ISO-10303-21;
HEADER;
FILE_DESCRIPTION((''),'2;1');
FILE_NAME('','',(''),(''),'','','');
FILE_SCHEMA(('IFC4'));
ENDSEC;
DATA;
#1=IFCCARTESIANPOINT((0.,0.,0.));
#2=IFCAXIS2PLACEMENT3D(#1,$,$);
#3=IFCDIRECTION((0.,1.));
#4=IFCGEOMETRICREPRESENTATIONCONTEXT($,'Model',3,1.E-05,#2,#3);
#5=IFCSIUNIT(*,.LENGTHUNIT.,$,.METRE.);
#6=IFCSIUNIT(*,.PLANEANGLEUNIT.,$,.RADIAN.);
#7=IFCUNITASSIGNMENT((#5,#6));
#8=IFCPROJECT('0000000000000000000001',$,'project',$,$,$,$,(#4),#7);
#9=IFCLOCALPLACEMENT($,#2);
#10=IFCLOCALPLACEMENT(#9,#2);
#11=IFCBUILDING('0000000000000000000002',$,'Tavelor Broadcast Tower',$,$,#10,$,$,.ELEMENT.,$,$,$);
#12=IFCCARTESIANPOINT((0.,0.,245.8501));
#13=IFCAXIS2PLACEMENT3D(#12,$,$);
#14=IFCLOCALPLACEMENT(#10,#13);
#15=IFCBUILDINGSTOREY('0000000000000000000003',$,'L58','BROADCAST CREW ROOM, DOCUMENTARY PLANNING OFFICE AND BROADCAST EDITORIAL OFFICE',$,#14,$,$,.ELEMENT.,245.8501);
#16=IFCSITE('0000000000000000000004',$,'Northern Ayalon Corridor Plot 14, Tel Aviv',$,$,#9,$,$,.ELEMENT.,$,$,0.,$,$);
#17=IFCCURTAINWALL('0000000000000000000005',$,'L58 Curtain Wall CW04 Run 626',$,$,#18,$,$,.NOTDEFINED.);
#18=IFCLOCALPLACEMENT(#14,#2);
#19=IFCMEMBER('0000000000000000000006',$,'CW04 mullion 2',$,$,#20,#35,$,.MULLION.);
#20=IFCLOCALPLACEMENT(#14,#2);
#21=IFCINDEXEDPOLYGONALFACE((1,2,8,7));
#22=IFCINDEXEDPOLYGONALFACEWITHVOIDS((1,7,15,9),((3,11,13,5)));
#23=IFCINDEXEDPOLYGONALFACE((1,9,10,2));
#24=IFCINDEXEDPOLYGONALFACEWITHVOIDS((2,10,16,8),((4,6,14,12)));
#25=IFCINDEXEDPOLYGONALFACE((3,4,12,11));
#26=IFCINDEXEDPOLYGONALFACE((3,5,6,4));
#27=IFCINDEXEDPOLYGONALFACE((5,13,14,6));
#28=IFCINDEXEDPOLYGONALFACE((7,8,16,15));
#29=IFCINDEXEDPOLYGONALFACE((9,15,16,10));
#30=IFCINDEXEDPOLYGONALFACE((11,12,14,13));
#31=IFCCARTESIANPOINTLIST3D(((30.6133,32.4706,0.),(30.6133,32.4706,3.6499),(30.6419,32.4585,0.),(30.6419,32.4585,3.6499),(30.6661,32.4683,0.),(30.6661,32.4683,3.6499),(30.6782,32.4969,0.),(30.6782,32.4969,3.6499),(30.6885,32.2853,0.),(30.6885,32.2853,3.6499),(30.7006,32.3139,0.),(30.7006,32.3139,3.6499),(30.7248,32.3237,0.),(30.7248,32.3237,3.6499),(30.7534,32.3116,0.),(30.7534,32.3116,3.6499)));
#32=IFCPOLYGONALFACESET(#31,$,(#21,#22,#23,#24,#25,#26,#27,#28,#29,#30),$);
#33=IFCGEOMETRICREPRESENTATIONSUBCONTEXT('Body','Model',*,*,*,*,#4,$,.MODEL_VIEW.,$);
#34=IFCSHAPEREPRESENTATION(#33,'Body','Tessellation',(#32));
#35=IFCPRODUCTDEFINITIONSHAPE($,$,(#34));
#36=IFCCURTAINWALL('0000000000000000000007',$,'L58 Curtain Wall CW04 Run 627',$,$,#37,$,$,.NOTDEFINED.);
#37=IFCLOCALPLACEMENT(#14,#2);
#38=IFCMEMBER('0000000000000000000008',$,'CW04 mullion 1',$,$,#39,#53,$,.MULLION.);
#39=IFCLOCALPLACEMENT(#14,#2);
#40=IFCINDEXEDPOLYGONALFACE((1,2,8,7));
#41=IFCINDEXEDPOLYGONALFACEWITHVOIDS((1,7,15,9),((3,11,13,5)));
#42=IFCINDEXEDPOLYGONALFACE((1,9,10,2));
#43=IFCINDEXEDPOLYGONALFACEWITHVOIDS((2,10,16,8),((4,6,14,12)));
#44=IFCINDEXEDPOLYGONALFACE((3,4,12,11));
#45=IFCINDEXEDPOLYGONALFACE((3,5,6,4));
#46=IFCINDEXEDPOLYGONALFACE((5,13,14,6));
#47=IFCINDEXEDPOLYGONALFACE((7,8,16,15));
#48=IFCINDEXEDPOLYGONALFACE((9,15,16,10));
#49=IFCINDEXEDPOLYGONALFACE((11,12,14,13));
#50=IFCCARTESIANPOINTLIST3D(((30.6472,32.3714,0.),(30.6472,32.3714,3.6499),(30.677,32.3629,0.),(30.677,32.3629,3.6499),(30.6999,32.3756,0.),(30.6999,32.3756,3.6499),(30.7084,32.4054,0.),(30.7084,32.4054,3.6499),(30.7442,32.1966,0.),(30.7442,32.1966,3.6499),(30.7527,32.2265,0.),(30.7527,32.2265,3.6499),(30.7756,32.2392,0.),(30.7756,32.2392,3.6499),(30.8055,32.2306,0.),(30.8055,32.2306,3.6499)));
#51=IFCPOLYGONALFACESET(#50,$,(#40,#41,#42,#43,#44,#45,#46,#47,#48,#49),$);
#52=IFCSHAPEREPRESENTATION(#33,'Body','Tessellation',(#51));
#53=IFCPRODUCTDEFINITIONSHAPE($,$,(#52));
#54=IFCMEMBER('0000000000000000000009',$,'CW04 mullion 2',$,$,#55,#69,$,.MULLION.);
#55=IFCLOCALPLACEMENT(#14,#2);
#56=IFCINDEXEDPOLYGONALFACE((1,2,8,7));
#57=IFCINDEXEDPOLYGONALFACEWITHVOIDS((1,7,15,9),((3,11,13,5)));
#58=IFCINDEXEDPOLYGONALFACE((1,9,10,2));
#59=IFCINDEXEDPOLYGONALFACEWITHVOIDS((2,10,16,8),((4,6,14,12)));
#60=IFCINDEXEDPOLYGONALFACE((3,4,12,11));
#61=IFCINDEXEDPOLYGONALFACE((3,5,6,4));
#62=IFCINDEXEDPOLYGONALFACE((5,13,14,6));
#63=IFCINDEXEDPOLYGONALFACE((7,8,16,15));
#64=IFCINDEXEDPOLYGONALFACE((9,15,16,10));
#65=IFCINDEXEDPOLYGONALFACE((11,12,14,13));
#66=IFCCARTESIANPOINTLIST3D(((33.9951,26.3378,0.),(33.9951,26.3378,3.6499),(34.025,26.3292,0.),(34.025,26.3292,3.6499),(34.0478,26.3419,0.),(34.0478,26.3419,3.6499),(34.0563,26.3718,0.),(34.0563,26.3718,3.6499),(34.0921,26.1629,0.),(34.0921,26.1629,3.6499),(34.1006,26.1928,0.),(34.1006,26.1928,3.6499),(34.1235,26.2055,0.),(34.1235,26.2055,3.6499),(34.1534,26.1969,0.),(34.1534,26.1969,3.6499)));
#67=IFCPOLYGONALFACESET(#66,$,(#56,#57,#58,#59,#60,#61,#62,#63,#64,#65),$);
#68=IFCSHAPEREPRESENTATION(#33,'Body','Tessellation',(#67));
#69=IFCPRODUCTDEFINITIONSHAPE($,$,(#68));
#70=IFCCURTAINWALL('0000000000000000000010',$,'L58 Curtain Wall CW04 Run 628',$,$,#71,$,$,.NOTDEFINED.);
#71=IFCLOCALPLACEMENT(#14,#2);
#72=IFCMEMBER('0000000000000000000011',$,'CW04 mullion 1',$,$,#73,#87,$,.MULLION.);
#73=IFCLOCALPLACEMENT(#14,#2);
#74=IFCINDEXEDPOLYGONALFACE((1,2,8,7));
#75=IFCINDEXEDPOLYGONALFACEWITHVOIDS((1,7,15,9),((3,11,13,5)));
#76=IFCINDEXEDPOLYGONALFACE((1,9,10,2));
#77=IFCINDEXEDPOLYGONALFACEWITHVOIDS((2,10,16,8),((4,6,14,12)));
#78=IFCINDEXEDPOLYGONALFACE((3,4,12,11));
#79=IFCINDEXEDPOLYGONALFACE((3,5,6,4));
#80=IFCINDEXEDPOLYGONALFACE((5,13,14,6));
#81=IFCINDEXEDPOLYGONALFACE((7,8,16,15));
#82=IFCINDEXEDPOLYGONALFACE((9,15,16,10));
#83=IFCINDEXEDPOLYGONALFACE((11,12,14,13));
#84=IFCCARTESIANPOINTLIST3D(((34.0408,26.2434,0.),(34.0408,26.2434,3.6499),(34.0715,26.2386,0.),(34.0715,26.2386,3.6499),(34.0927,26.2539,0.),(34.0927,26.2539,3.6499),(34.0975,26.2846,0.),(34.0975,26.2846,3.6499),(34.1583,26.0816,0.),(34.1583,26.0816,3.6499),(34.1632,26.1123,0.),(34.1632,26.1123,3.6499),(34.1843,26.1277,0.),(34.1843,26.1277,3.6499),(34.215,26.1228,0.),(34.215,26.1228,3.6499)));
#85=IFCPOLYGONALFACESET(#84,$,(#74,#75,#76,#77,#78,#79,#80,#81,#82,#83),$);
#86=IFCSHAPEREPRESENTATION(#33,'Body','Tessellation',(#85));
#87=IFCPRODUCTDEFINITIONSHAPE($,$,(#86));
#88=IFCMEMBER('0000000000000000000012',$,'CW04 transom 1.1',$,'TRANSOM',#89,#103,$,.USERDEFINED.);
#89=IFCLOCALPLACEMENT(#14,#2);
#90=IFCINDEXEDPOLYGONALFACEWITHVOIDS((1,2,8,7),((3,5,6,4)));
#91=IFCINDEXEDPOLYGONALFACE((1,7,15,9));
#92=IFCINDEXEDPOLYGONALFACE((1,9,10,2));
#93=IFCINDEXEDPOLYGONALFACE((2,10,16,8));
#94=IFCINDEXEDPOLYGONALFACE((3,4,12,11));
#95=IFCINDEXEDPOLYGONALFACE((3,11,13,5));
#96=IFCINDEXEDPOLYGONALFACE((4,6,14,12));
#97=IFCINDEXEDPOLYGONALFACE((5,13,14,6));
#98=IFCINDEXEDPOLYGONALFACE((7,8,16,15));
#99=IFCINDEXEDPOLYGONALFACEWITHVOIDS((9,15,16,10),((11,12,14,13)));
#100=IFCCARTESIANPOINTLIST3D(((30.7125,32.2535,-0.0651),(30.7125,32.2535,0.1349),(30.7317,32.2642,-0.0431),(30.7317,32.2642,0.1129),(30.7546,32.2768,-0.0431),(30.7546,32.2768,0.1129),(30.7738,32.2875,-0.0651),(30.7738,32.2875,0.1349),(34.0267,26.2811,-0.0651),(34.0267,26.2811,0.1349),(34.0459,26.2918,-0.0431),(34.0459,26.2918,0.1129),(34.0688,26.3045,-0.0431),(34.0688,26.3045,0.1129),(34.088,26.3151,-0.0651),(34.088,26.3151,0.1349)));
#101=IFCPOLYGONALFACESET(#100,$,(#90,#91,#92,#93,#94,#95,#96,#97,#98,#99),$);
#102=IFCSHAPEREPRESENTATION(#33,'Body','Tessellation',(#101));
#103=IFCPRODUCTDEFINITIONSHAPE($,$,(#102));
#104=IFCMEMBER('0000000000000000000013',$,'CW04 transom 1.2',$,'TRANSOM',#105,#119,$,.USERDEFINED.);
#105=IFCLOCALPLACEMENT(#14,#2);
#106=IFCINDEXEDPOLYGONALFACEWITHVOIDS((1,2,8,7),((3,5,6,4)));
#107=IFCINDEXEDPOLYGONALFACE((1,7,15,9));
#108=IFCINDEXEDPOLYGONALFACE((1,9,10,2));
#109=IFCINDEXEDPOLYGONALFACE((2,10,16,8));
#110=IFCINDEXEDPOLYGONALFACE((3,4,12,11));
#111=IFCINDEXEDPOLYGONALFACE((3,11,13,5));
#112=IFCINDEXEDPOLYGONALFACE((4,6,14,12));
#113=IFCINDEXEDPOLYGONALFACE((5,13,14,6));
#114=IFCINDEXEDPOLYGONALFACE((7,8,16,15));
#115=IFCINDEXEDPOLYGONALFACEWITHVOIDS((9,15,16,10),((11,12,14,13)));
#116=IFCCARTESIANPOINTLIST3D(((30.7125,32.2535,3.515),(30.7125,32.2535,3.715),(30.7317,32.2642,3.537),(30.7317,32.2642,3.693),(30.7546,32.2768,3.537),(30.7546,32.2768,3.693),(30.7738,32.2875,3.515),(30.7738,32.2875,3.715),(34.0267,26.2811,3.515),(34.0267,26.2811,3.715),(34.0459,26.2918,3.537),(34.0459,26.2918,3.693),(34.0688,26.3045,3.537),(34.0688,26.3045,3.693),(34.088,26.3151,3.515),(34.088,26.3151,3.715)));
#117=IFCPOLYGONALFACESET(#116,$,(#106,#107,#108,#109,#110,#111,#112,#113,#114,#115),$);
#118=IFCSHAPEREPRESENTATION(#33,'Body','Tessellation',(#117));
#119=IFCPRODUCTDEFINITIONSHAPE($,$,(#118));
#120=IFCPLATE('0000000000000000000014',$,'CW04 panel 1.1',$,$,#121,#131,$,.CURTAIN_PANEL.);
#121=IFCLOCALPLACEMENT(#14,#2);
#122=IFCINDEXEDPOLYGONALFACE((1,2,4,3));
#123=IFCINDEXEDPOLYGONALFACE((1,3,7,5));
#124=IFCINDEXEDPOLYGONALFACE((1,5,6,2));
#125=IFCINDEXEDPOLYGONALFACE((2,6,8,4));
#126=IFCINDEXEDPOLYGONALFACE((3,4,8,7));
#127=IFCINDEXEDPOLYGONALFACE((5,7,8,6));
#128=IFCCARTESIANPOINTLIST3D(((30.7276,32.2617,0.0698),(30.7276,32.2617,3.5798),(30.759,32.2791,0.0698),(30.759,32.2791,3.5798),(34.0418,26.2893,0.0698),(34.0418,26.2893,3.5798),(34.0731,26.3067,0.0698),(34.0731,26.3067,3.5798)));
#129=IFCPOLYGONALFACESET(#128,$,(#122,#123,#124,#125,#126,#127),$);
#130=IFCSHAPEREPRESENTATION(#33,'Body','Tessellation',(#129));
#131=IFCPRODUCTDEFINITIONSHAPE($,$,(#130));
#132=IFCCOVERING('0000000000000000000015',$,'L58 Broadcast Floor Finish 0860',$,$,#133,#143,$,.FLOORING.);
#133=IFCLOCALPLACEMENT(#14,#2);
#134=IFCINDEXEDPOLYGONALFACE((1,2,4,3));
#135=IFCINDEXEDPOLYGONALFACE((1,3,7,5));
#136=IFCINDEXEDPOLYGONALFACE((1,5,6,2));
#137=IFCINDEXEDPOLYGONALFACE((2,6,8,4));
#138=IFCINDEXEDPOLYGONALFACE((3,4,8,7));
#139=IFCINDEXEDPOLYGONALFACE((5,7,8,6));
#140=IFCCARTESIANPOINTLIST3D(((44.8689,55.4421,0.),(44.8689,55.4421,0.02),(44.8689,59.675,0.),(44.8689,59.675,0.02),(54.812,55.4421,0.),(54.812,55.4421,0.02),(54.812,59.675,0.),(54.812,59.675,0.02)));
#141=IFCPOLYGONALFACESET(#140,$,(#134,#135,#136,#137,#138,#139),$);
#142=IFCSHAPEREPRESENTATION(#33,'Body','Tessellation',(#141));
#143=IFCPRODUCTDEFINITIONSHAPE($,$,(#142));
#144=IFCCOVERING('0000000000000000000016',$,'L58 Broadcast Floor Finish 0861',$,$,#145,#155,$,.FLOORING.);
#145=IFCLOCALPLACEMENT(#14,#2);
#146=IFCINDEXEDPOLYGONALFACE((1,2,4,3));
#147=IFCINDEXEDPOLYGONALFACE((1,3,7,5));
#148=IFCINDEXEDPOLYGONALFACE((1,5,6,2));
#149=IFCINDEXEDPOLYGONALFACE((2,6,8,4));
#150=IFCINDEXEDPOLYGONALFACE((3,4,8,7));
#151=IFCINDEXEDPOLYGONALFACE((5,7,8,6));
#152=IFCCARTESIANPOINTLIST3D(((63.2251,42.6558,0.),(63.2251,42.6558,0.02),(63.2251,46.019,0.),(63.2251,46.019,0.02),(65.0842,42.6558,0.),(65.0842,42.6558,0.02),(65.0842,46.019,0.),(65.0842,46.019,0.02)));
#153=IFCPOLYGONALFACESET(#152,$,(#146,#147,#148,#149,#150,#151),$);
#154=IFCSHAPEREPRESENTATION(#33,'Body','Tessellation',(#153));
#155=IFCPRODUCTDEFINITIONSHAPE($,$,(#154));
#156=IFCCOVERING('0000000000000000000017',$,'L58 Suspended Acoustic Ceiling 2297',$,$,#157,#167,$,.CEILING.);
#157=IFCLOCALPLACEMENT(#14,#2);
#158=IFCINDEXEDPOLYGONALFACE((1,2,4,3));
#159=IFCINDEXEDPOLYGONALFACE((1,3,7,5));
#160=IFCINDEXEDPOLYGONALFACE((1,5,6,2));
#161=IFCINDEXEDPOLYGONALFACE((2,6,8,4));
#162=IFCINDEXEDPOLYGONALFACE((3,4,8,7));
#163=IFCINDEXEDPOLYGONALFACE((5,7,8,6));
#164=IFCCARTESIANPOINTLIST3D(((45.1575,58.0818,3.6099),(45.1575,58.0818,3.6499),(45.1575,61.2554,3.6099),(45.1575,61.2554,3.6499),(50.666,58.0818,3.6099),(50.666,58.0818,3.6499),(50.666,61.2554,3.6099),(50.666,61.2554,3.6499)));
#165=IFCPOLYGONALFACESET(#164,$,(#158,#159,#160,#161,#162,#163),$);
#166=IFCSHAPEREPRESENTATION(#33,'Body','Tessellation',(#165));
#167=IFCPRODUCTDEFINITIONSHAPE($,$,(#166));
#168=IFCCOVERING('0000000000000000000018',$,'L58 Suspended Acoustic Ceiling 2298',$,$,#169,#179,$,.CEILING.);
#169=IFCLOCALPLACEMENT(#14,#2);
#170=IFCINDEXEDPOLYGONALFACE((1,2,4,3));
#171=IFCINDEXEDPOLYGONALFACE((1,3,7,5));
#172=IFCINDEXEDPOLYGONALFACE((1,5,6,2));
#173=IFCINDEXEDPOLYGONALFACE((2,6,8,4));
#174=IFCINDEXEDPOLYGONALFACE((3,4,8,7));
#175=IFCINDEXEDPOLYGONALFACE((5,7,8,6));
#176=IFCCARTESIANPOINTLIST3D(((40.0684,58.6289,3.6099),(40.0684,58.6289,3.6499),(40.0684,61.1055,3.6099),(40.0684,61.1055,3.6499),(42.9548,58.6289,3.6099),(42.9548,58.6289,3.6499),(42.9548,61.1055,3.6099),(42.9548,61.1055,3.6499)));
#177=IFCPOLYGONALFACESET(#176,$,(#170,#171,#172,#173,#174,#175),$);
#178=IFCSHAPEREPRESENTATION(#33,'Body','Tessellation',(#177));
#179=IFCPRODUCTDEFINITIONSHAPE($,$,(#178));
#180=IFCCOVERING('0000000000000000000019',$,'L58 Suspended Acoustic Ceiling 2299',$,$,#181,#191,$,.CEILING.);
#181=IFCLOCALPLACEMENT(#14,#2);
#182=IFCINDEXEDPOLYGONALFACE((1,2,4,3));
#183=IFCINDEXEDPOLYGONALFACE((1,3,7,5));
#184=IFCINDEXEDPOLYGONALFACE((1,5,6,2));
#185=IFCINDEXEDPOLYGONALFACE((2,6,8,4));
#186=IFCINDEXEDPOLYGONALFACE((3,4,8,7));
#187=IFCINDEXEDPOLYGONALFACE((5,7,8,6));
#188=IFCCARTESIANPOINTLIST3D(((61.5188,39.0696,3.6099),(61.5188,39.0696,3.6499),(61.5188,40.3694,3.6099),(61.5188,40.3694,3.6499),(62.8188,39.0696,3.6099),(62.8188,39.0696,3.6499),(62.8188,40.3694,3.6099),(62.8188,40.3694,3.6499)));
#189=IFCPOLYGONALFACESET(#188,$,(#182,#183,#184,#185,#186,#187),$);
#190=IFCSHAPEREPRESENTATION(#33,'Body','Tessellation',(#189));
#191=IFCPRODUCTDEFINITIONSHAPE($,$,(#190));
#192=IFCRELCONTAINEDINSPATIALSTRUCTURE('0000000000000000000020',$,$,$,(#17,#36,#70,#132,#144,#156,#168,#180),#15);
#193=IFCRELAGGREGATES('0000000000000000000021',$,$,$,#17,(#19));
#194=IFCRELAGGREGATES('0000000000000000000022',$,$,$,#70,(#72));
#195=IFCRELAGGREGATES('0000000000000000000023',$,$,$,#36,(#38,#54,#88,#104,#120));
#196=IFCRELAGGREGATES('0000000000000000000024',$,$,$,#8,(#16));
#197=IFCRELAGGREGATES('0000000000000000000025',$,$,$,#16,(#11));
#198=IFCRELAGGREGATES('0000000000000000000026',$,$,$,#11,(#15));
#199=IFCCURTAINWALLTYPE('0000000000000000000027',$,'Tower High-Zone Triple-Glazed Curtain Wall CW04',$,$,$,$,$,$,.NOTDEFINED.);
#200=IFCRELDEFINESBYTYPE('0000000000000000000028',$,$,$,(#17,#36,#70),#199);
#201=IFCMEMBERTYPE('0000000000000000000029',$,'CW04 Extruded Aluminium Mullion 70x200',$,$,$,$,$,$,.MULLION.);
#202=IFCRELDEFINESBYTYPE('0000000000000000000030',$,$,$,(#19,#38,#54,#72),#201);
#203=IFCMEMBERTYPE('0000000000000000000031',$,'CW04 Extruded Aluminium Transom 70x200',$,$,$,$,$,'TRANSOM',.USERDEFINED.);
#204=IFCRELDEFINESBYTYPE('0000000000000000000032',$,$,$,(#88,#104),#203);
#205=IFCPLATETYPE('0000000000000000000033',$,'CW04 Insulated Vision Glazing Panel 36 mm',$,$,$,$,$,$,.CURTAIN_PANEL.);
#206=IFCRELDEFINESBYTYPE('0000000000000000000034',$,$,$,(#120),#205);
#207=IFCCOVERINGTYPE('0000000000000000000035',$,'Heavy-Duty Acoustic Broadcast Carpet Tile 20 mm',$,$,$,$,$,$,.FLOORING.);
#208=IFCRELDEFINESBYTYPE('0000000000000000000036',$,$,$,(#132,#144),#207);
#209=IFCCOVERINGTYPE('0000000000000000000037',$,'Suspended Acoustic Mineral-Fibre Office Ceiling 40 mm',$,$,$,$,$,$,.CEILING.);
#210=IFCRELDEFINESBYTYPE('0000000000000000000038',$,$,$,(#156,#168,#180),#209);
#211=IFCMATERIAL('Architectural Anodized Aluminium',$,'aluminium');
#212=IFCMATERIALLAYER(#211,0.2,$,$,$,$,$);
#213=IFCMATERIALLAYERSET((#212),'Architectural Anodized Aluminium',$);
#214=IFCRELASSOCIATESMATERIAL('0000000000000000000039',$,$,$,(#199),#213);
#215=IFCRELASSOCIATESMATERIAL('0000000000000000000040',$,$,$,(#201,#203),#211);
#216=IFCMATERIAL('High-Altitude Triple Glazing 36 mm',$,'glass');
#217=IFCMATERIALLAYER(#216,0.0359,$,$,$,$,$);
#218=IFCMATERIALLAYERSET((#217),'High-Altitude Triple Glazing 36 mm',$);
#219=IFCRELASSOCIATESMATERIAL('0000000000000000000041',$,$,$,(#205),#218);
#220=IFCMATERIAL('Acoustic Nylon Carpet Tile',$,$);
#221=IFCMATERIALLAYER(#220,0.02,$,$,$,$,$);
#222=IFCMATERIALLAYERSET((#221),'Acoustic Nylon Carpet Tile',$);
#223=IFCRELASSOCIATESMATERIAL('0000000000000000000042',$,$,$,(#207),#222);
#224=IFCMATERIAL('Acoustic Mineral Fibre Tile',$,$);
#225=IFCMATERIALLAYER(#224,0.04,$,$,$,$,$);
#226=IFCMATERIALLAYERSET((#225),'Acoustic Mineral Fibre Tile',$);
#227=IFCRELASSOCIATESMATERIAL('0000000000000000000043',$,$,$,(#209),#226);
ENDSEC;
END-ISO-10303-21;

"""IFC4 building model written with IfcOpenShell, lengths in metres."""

from ifc_helpers import new_model, si_unit, direction, frame, origin, origin_2d, place, context, subcontext, project, spatial, polyline, rectangle, hollow_rectangle, outline, extrude, source, transform, mapped, material, layer, layer_set, material_profile, profile_set, type_object, type_shapes, element, aggregate, save


model = new_model("IFC4")

# Units and contexts
model_context = context("Model", 3, precision=1e-05, world=origin(), true_north=direction((0.0, 1.0)))
body_context = subcontext(model_context, "Body", "Model", "MODEL_VIEW")
ifc_project = project(units=[si_unit("LENGTHUNIT", "METRE"), si_unit("PLANEANGLEUNIT", "RADIAN")], contexts=[model_context])

# Site, building, storey
site_placement = place(None, origin())
site = spatial("IfcSite", under=ifc_project, at=site_placement, Name="Northern Ayalon Corridor Plot 14, Tel Aviv", CompositionType="ELEMENT", RefElevation=0.0)
building_placement = place(site_placement, origin())
building = spatial("IfcBuilding", under=site, at=building_placement, Name="Tavelor Broadcast Tower", CompositionType="ELEMENT")
storey_placement = place(building_placement, frame((0.0, 0.0, 245.8501)))
storey = spatial("IfcBuildingStorey", under=building, at=storey_placement, Name="L58", Description="BROADCAST CREW ROOM, DOCUMENTARY PLANNING OFFICE AND BROADCAST EDITORIAL OFFICE", CompositionType="ELEMENT", Elevation=245.8501)

# Curtain wall, member
ifc_material_1 = material(Name="Architectural Anodized Aluminium", Category="aluminium")
ifc_layer_1 = layer(ifc_material_1, 0.2)
ifc_layer_set_1 = layer_set([ifc_layer_1], Name="Architectural Anodized Aluminium")
curtain_wall_type = type_object("IfcCurtainWallType", Name="Tower High-Zone Triple-Glazed Curtain Wall CW04", PredefinedType="NOTDEFINED", material=ifc_layer_set_1)
curtain_wall_1_placement = place(storey_placement, origin())
curtain_wall_1 = element("IfcCurtainWall", 1, at=curtain_wall_1_placement, inside=storey, type_object=curtain_wall_type, Name="L58 Curtain Wall CW04 Run 626", PredefinedType="NOTDEFINED")
ifc_material_profile_1 = material_profile(ifc_material_1, hollow_rectangle(XDim=0.0701, YDim=0.2, WallThickness=0.022, at=origin_2d()), Name="RHS 70x200x22")
ifc_profile_set_1 = profile_set([ifc_material_profile_1], Name="Architectural Anodized Aluminium")
member_type_1 = type_object("IfcMemberType", Name="CW04 Extruded Aluminium Mullion 70x200", PredefinedType="MULLION", material=ifc_profile_set_1)
shared_shape_1 = source(origin(), body_context, "Body", "SweptSolid", [
    extrude(hollow_rectangle(XDim=0.0701, YDim=0.2, WallThickness=0.022, at=origin_2d()), origin(), (0.0, 0.0, 1.0), 3.6499),
])
type_shapes(member_type_1, [shared_shape_1])
member_1_placement = place(storey_placement, frame((30.6833, 32.3911, 0.0), z_axis=(0.0, 0.0, 1.0), x_axis=(0.926692, 0.375822, 0.0)))
member_1 = element("IfcMember", 2, at=member_1_placement, type_object=member_type_1, Name="CW04 mullion 2", PredefinedType="MULLION", context=body_context, shape_type="MappedRepresentation", body=[
    mapped(shared_shape_1, transform((0.0, 0.0, 0.0), scale=1.0)),
])
aggregate(curtain_wall_1, [member_1])

# Curtain wall, members
curtain_wall_2_placement = place(storey_placement, origin())
curtain_wall_2 = element("IfcCurtainWall", 3, at=curtain_wall_2_placement, inside=storey, type_object=curtain_wall_type, Name="L58 Curtain Wall CW04 Run 627", PredefinedType="NOTDEFINED")
member_2_placement = place(storey_placement, frame((30.7263, 32.301, 0.0), z_axis=(0.0, 0.0, 1.0), x_axis=(0.874401, 0.485204, 0.0)))
member_2 = element("IfcMember", 4, at=member_2_placement, type_object=member_type_1, Name="CW04 mullion 1", PredefinedType="MULLION", context=body_context, shape_type="MappedRepresentation", body=[
    mapped(shared_shape_1, transform((0.0, 0.0, 0.0), scale=1.0)),
])
member_3_placement = place(storey_placement, frame((34.0742, 26.2673, 0.0), z_axis=(0.0, 0.0, 1.0), x_axis=(0.874401, 0.485204, 0.0)))
member_3 = element("IfcMember", 5, at=member_3_placement, type_object=member_type_1, Name="CW04 mullion 2", PredefinedType="MULLION", context=body_context, shape_type="MappedRepresentation", body=[
    mapped(shared_shape_1, transform((0.0, 0.0, 0.0), scale=1.0)),
])

# Curtain wall, member
curtain_wall_3_placement = place(storey_placement, origin())
curtain_wall_3 = element("IfcCurtainWall", 6, at=curtain_wall_3_placement, inside=storey, type_object=curtain_wall_type, Name="L58 Curtain Wall CW04 Run 628", PredefinedType="NOTDEFINED")
member_4_placement = place(storey_placement, frame((34.1279, 26.1831, 0.0), z_axis=(0.0, 0.0, 1.0), x_axis=(0.809256, 0.587457, 0.0)))
member_4 = element("IfcMember", 7, at=member_4_placement, type_object=member_type_1, Name="CW04 mullion 1", PredefinedType="MULLION", context=body_context, shape_type="MappedRepresentation", body=[
    mapped(shared_shape_1, transform((0.0, 0.0, 0.0), scale=1.0)),
])
aggregate(curtain_wall_3, [member_4])

# Members
ifc_material_profile_2 = material_profile(ifc_material_1, hollow_rectangle(XDim=0.0701, YDim=0.2, WallThickness=0.022, at=origin_2d()), Name="RHS 70x200x22")
ifc_profile_set_2 = profile_set([ifc_material_profile_2], Name="Architectural Anodized Aluminium")
member_type_2 = type_object("IfcMemberType", Name="CW04 Extruded Aluminium Transom 70x200", ElementType="TRANSOM", PredefinedType="USERDEFINED", material=ifc_profile_set_2)
shared_shape_2 = source(origin(), body_context, "Body", "SweptSolid", [
    extrude(hollow_rectangle(XDim=0.0701, YDim=0.2, WallThickness=0.022, at=origin_2d()), origin(), (0.0, 0.0, 1.0), 6.8303),
])
type_shapes(member_type_2, [shared_shape_2])
member_5_placement = place(storey_placement, frame((30.7432, 32.2705, 0.0349), z_axis=(0.485218, -0.874393, 0.0), x_axis=(0.874393, 0.485218, 0.0)))
member_5 = element("IfcMember", 8, at=member_5_placement, type_object=member_type_2, Name="CW04 transom 1.1", ObjectType="TRANSOM", PredefinedType="USERDEFINED", context=body_context, shape_type="MappedRepresentation", body=[
    mapped(shared_shape_2, transform((0.0, 0.0, 0.0), scale=1.0)),
])
member_6_placement = place(storey_placement, frame((30.7432, 32.2705, 3.615), z_axis=(0.485218, -0.874393, 0.0), x_axis=(0.874393, 0.485218, 0.0)))
member_6 = element("IfcMember", 9, at=member_6_placement, type_object=member_type_2, Name="CW04 transom 1.2", ObjectType="TRANSOM", PredefinedType="USERDEFINED", context=body_context, shape_type="MappedRepresentation", body=[
    mapped(shared_shape_2, transform((0.0, 0.0, 0.0), scale=1.0)),
])

# Plate
ifc_material_2 = material(Name="High-Altitude Triple Glazing 36 mm", Category="glass")
ifc_layer_2 = layer(ifc_material_2, 0.0359)
ifc_layer_set_2 = layer_set([ifc_layer_2], Name="High-Altitude Triple Glazing 36 mm")
plate_type = type_object("IfcPlateType", Name="CW04 Insulated Vision Glazing Panel 36 mm", PredefinedType="CURTAIN_PANEL", material=ifc_layer_set_2)
shared_shape_3 = source(origin(), body_context, "Body", "SweptSolid", [
    extrude(rectangle(XDim=6.8303, YDim=0.0359, at=origin_2d()), origin(), (0.0, 0.0, 1.0), 3.51),
])
type_shapes(plate_type, [shared_shape_3])
plate_placement = place(storey_placement, frame((32.4004, 29.2842, 0.0698), z_axis=(0.0, 0.0, 1.0), x_axis=(0.485204, -0.874401, 0.0)))
plate = element("IfcPlate", 10, at=plate_placement, type_object=plate_type, Name="CW04 panel 1.1", PredefinedType="CURTAIN_PANEL", context=body_context, shape_type="MappedRepresentation", body=[
    mapped(shared_shape_3, transform((0.0, 0.0, 0.0), scale=1.0)),
])
aggregate(curtain_wall_2, [member_2, member_3, member_5, member_6, plate])

# Coverings
ifc_material_3 = material(Name="Acoustic Nylon Carpet Tile")
ifc_layer_3 = layer(ifc_material_3, 0.02)
ifc_layer_set_3 = layer_set([ifc_layer_3], Name="Acoustic Nylon Carpet Tile")
covering_type_1 = type_object("IfcCoveringType", Name="Heavy-Duty Acoustic Broadcast Carpet Tile 20 mm", PredefinedType="FLOORING", material=ifc_layer_set_3)
covering_1_placement = place(storey_placement, origin())
element("IfcCovering", 11, at=covering_1_placement, inside=storey, type_object=covering_type_1, Name="L58 Broadcast Floor Finish 0860", PredefinedType="FLOORING", context=body_context, shape_type="SweptSolid", body=[
    extrude(outline(polyline([(44.8689, 55.4421), (54.812, 55.4421), (54.812, 59.675), (44.8689, 59.675), (44.8689, 55.4421)])), origin(), (0.0, 0.0, 1.0), 0.02),
])
covering_2_placement = place(storey_placement, origin())
element("IfcCovering", 12, at=covering_2_placement, inside=storey, type_object=covering_type_1, Name="L58 Broadcast Floor Finish 0861", PredefinedType="FLOORING", context=body_context, shape_type="SweptSolid", body=[
    extrude(outline(polyline([(63.2251, 42.6558), (65.0842, 42.6558), (65.0842, 46.019), (63.2251, 46.019), (63.2251, 42.6558)])), origin(), (0.0, 0.0, 1.0), 0.02),
])
ifc_material_4 = material(Name="Acoustic Mineral Fibre Tile")
ifc_layer_4 = layer(ifc_material_4, 0.04)
ifc_layer_set_4 = layer_set([ifc_layer_4], Name="Acoustic Mineral Fibre Tile")
covering_type_2 = type_object("IfcCoveringType", Name="Suspended Acoustic Mineral-Fibre Office Ceiling 40 mm", PredefinedType="CEILING", material=ifc_layer_set_4)
covering_3_placement = place(storey_placement, frame((0.0, 0.0, 3.6099)))
element("IfcCovering", 13, at=covering_3_placement, inside=storey, type_object=covering_type_2, Name="L58 Suspended Acoustic Ceiling 2297", PredefinedType="CEILING", context=body_context, shape_type="SweptSolid", body=[
    extrude(outline(polyline([(45.1575, 58.0818), (50.666, 58.0818), (50.666, 61.2554), (45.1575, 61.2554), (45.1575, 58.0818)])), origin(), (0.0, 0.0, 1.0), 0.04),
])
covering_4_placement = place(storey_placement, frame((0.0, 0.0, 3.6099)))
element("IfcCovering", 14, at=covering_4_placement, inside=storey, type_object=covering_type_2, Name="L58 Suspended Acoustic Ceiling 2298", PredefinedType="CEILING", context=body_context, shape_type="SweptSolid", body=[
    extrude(outline(polyline([(40.0684, 58.6289), (42.9548, 58.6289), (42.9548, 61.1055), (40.0684, 61.1055), (40.0684, 58.6289)])), origin(), (0.0, 0.0, 1.0), 0.04),
])
covering_5_placement = place(storey_placement, frame((0.0, 0.0, 3.6099)))
element("IfcCovering", 15, at=covering_5_placement, inside=storey, type_object=covering_type_2, Name="L58 Suspended Acoustic Ceiling 2299", PredefinedType="CEILING", context=body_context, shape_type="SweptSolid", body=[
    extrude(outline(polyline([(61.5188, 39.0696), (62.8188, 39.0696), (62.8188, 40.3694), (61.5188, 40.3694), (61.5188, 39.0696)])), origin(), (0.0, 0.0, 1.0), 0.04),
])

save(model, "model.ifc")
